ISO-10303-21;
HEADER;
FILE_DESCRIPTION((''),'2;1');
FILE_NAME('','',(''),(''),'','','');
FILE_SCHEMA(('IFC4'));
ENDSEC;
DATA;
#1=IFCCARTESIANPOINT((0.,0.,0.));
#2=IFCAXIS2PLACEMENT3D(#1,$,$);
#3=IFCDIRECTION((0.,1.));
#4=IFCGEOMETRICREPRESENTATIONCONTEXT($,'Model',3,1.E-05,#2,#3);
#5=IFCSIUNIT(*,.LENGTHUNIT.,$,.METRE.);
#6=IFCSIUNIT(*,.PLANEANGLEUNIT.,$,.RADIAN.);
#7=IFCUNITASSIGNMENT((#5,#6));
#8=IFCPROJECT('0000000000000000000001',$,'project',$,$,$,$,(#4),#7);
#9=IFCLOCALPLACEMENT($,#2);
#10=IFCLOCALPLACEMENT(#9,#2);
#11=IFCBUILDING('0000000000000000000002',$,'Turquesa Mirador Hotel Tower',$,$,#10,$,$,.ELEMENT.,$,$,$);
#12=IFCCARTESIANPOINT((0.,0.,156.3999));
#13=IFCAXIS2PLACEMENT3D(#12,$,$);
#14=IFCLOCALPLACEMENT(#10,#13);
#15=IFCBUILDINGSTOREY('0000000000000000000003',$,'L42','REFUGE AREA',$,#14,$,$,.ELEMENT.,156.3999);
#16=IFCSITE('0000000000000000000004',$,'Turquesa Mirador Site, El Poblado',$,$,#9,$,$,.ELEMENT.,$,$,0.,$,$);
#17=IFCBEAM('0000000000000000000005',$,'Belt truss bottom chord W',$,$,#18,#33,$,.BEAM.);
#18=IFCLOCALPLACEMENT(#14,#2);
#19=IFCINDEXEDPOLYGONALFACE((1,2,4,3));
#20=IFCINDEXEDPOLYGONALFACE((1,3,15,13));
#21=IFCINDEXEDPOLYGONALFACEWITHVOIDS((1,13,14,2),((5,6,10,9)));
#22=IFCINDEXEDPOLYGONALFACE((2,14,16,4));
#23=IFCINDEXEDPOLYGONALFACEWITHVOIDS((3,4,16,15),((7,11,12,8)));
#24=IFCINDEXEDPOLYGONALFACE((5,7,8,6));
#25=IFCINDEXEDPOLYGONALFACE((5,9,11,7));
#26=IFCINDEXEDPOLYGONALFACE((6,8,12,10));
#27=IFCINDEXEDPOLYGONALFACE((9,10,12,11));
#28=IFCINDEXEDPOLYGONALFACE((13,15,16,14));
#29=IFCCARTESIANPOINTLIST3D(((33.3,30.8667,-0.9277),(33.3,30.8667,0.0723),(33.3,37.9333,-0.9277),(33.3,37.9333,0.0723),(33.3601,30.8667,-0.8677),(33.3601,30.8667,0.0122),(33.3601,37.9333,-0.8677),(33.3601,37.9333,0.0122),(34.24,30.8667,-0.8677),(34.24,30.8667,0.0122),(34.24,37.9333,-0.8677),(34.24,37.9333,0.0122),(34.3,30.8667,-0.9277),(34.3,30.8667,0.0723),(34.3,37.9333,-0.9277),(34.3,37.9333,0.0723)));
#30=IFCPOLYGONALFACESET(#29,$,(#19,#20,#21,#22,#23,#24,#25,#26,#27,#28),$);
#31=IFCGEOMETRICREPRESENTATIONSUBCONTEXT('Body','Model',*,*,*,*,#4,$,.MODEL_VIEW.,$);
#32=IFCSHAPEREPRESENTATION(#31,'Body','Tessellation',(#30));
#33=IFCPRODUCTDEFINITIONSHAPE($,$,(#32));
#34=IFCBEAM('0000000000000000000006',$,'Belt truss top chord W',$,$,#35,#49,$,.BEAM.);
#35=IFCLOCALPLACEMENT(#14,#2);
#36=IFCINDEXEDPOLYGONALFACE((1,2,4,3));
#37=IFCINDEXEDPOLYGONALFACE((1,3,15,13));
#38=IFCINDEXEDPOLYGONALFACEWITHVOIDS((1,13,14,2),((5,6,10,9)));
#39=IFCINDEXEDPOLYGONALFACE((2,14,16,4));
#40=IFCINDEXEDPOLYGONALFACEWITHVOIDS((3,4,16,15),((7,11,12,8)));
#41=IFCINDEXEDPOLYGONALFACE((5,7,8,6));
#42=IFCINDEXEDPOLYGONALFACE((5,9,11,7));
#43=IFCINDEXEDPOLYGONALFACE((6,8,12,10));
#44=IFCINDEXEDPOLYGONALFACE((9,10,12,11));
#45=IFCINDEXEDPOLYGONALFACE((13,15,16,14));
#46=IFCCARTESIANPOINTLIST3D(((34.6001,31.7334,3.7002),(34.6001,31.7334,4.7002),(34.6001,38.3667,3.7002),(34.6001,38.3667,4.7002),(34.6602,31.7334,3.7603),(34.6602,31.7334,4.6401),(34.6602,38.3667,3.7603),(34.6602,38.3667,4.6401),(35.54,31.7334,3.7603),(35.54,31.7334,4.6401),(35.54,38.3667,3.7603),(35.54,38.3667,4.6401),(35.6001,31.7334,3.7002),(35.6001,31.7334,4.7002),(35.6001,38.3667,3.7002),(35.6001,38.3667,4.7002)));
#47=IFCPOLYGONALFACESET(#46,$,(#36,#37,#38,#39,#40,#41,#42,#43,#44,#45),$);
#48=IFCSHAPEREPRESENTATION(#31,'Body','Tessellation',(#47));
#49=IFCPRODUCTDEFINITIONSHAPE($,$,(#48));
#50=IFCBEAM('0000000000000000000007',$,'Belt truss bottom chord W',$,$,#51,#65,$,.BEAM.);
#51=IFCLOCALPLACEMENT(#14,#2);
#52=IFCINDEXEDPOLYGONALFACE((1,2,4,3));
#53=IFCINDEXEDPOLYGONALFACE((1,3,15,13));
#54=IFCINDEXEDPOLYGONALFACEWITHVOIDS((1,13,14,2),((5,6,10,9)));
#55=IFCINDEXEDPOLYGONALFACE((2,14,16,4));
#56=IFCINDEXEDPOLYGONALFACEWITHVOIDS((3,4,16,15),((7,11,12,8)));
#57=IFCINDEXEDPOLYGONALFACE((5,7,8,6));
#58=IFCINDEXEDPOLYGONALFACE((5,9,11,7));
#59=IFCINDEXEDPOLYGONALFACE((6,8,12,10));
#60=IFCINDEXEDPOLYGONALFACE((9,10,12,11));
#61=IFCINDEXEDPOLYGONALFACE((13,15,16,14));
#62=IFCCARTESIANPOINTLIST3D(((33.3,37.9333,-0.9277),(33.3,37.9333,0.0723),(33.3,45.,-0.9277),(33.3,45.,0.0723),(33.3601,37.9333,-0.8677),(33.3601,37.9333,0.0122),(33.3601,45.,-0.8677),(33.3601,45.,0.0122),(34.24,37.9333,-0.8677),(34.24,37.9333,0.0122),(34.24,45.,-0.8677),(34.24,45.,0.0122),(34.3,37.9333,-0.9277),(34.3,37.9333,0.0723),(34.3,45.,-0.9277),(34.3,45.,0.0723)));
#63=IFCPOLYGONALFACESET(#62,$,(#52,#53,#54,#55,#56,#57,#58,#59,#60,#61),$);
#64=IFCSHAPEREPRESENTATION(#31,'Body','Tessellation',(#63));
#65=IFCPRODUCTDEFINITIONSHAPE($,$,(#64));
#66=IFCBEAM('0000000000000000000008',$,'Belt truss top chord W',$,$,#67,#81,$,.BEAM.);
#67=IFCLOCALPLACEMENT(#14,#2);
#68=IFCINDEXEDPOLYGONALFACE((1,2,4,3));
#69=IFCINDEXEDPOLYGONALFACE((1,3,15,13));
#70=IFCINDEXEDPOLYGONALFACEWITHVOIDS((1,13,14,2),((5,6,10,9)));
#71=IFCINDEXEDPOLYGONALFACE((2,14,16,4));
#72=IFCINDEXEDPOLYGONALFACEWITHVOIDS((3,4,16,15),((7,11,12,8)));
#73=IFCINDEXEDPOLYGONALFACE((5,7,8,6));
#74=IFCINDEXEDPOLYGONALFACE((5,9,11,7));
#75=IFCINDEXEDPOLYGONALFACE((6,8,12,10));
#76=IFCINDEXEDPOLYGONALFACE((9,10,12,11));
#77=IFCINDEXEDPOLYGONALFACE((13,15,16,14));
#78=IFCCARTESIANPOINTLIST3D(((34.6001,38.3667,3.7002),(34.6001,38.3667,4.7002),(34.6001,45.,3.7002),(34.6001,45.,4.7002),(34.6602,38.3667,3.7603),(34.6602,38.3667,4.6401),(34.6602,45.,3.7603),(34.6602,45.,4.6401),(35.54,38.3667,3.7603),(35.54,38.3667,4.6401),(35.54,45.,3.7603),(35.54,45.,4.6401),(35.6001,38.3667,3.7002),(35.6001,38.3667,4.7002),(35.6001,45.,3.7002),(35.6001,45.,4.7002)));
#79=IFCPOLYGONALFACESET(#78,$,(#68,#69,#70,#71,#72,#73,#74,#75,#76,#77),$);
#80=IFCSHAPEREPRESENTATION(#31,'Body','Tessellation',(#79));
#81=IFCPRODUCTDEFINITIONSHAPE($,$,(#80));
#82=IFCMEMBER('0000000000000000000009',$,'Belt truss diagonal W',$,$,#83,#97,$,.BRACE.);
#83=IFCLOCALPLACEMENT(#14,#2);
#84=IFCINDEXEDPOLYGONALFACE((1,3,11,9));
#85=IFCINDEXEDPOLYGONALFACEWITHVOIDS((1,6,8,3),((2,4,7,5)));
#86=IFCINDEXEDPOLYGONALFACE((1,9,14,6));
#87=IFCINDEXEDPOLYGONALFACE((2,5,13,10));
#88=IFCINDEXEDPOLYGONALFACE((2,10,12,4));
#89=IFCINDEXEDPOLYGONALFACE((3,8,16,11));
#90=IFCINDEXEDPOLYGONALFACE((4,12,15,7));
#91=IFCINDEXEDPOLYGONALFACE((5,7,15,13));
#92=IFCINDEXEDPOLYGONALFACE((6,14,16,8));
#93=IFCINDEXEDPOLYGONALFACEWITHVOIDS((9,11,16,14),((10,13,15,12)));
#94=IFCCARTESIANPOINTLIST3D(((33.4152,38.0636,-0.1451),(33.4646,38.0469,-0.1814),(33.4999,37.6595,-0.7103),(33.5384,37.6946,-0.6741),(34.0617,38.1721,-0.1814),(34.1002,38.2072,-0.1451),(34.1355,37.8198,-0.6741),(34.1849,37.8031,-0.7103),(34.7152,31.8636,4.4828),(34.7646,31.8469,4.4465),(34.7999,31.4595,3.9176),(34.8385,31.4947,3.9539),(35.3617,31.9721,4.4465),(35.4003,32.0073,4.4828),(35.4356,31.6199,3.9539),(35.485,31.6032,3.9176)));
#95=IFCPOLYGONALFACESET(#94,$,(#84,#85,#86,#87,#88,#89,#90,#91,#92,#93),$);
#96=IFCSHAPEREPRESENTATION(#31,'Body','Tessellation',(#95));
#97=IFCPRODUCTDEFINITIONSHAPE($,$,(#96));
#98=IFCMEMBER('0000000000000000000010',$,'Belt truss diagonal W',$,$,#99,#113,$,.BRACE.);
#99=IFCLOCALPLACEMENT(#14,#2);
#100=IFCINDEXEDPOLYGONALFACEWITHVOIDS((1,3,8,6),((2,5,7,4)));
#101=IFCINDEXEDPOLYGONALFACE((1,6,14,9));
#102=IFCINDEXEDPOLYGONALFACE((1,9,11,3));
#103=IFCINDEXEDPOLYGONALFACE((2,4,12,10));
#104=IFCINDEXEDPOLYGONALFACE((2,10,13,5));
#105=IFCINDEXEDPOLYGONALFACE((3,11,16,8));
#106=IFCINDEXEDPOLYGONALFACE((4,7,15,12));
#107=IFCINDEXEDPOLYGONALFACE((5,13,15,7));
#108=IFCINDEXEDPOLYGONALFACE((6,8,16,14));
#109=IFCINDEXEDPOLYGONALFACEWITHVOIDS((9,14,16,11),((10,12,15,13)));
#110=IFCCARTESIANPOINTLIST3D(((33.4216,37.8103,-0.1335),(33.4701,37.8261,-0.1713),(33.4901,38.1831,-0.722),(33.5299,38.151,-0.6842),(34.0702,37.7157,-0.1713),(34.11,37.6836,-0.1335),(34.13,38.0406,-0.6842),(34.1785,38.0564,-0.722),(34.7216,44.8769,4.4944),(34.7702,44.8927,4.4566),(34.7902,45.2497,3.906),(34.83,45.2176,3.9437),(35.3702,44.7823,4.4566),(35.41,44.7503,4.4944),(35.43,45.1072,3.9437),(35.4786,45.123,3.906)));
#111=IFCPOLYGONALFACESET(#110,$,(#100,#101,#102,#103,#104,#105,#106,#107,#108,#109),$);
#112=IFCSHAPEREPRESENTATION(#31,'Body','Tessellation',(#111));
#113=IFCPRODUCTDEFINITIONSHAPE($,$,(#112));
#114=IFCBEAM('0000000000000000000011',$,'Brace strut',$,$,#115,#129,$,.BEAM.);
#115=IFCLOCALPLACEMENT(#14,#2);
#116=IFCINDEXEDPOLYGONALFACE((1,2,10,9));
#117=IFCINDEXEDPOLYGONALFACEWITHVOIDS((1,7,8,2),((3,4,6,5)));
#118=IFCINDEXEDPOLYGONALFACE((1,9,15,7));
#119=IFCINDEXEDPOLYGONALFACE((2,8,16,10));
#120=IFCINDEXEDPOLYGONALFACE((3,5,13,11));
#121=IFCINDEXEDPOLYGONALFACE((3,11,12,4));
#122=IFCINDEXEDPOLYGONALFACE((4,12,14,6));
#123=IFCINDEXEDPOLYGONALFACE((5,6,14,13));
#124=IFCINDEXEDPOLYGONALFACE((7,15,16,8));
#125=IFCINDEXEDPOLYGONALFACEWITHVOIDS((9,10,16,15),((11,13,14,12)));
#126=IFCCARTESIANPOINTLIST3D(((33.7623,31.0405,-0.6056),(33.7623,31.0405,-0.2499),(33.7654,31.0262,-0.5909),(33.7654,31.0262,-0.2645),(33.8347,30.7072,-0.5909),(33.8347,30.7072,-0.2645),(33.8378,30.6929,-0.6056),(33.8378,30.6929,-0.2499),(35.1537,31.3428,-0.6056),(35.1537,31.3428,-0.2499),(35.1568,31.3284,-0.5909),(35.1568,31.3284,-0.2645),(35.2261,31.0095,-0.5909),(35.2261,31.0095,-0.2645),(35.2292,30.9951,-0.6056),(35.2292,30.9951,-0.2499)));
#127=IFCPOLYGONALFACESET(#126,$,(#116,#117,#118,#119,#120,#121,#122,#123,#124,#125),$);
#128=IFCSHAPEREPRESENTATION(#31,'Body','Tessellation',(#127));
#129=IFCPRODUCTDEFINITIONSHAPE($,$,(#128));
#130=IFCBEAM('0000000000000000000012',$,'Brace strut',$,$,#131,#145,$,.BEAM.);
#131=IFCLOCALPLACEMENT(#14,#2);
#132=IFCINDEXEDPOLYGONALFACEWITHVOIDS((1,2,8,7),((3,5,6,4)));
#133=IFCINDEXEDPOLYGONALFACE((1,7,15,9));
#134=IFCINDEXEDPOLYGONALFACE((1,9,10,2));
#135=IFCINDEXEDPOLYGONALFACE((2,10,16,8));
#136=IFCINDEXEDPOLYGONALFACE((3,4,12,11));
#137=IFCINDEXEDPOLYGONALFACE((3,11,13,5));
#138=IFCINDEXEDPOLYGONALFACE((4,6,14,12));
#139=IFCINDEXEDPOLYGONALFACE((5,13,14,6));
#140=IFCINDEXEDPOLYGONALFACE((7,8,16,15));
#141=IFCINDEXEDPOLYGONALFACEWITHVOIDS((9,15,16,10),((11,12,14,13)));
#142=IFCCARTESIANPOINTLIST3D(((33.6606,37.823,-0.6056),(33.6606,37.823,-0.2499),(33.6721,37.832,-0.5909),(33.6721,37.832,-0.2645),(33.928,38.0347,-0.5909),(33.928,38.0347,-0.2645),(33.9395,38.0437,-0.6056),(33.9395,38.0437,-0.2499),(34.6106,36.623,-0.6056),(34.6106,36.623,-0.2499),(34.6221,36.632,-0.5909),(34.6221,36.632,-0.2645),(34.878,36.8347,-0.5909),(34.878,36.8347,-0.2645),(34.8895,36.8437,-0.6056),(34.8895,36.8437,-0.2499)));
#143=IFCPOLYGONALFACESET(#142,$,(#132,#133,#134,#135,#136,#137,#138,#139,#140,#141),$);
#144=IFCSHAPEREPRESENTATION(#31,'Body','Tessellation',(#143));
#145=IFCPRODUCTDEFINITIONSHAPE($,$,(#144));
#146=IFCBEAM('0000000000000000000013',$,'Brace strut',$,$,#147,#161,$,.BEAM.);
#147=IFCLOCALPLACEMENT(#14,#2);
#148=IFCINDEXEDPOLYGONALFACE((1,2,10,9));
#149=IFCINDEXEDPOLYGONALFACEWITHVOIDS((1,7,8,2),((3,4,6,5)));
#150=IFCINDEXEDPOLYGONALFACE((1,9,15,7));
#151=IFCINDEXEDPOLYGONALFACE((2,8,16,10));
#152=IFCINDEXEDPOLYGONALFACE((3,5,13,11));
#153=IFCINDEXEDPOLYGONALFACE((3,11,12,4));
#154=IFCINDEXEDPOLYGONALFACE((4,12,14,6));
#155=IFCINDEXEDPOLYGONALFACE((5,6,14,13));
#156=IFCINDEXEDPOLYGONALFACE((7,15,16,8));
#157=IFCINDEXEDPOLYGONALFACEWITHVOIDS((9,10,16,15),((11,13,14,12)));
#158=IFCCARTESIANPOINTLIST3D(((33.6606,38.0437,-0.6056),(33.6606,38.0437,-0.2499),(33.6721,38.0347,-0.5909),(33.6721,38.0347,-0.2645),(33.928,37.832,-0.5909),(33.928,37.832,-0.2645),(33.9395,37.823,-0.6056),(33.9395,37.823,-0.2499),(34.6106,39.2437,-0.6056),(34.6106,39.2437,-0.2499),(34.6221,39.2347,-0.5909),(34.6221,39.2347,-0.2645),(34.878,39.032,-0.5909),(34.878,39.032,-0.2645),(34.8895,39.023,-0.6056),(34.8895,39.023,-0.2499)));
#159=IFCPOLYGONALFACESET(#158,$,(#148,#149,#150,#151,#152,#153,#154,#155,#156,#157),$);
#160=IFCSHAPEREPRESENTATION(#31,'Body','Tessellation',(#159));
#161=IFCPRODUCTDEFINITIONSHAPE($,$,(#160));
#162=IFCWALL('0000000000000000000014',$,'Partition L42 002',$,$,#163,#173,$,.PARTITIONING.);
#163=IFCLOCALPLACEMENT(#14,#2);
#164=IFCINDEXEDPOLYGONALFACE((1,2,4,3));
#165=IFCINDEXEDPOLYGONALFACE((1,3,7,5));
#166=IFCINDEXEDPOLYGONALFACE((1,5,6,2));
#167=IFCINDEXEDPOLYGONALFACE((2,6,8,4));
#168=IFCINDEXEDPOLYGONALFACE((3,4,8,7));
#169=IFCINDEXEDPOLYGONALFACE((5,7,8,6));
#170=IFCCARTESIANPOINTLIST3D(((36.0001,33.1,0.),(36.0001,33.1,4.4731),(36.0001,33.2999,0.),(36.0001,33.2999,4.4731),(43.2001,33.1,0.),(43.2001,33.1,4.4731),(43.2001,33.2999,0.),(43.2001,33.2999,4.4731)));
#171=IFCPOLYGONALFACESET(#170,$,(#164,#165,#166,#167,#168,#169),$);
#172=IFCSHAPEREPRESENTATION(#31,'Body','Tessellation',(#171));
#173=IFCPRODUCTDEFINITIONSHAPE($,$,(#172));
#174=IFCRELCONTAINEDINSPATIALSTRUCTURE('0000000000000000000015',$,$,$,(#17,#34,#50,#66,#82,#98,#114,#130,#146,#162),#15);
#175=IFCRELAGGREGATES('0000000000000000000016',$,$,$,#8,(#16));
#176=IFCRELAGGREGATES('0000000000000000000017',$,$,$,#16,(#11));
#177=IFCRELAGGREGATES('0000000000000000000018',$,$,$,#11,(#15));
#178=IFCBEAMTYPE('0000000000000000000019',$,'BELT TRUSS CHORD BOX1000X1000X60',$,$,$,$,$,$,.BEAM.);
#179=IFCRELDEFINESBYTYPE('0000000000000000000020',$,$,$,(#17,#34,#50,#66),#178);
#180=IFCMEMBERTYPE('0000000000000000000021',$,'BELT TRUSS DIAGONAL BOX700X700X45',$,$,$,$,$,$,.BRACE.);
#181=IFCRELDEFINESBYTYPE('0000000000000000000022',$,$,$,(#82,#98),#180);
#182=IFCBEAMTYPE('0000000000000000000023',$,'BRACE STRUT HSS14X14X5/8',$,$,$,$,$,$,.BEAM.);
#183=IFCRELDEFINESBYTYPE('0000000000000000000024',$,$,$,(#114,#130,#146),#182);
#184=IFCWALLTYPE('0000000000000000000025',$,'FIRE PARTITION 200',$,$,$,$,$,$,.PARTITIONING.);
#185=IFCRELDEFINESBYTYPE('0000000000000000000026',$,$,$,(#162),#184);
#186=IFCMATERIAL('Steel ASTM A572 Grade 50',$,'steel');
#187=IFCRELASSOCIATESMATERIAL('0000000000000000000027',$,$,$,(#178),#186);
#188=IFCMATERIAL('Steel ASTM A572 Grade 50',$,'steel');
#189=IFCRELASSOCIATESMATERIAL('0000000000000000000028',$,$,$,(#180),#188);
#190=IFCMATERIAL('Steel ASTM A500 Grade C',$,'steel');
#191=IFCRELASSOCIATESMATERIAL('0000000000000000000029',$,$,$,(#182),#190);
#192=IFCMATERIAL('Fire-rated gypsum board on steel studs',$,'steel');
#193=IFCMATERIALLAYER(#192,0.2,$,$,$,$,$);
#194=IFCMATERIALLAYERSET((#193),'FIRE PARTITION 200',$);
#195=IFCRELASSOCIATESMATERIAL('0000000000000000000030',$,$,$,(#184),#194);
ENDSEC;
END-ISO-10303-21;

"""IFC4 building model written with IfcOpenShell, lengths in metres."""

from ifc_helpers import new_model, si_unit, direction, frame, frame_2d, origin, origin_2d, place, context, subcontext, project, spatial, rectangle, hollow_rectangle, extrude, material, layer, layer_set, material_profile, profile_set, type_object, element, save


model = new_model("IFC4")

# Units and contexts
model_context = context("Model", 3, precision=1e-05, world=origin(), true_north=direction((0.0, 1.0)))
body_context = subcontext(model_context, "Body", "Model", "MODEL_VIEW")
ifc_project = project(units=[si_unit("LENGTHUNIT", "METRE"), si_unit("PLANEANGLEUNIT", "RADIAN")], contexts=[model_context])

# Site, building, storey
site_placement = place(None, origin())
site = spatial("IfcSite", under=ifc_project, at=site_placement, Name="Turquesa Mirador Site, El Poblado", CompositionType="ELEMENT", RefElevation=0.0)
building_placement = place(site_placement, origin())
building = spatial("IfcBuilding", under=site, at=building_placement, Name="Turquesa Mirador Hotel Tower", CompositionType="ELEMENT")
storey_placement = place(building_placement, frame((0.0, 0.0, 156.3999)))
storey = spatial("IfcBuildingStorey", under=building, at=storey_placement, Name="L42", Description="REFUGE AREA", CompositionType="ELEMENT", Elevation=156.3999)

# Beams
ifc_material_1 = material(Name="Steel ASTM A572 Grade 50", Category="steel")
ifc_material_profile_1 = material_profile(ifc_material_1, hollow_rectangle(XDim=1.0, YDim=1.0, WallThickness=0.0601, at=origin_2d()), Name="BOX1000X1000X60")
ifc_profile_set_1 = profile_set([ifc_material_profile_1], Name="Steel ASTM A572 Grade 50")
beam_type_1 = type_object("IfcBeamType", Name="BELT TRUSS CHORD BOX1000X1000X60", PredefinedType="BEAM", material=ifc_profile_set_1)
beam_1_placement = place(storey_placement, frame((33.8, 30.8667, -0.4277), z_axis=(0.0, 1.0, 0.0), x_axis=(-1.0, 0.0, 0.0)))
element("IfcBeam", 1, at=beam_1_placement, inside=storey, type_object=beam_type_1, Name="Belt truss bottom chord W", PredefinedType="BEAM", context=body_context, shape_type="SweptSolid", body=[
    extrude(hollow_rectangle(XDim=1.0, YDim=1.0, WallThickness=0.0601, at=origin_2d()), origin(), (0.0, 0.0, 1.0), 7.0667),
])
beam_2_placement = place(storey_placement, frame((35.1001, 31.7334, 4.2002), z_axis=(0.0, 1.0, 0.0), x_axis=(-1.0, 0.0, 0.0)))
element("IfcBeam", 2, at=beam_2_placement, inside=storey, type_object=beam_type_1, Name="Belt truss top chord W", PredefinedType="BEAM", context=body_context, shape_type="SweptSolid", body=[
    extrude(hollow_rectangle(XDim=1.0, YDim=1.0, WallThickness=0.0601, at=origin_2d()), origin(), (0.0, 0.0, 1.0), 6.6333),
])
beam_3_placement = place(storey_placement, frame((33.8, 37.9333, -0.4277), z_axis=(0.0, 1.0, 0.0), x_axis=(-1.0, 0.0, 0.0)))
element("IfcBeam", 3, at=beam_3_placement, inside=storey, type_object=beam_type_1, Name="Belt truss bottom chord W", PredefinedType="BEAM", context=body_context, shape_type="SweptSolid", body=[
    extrude(hollow_rectangle(XDim=1.0, YDim=1.0, WallThickness=0.0601, at=origin_2d()), origin(), (0.0, 0.0, 1.0), 7.0667),
])
beam_4_placement = place(storey_placement, frame((35.1001, 38.3667, 4.2002), z_axis=(0.0, 1.0, 0.0), x_axis=(-1.0, 0.0, 0.0)))
element("IfcBeam", 4, at=beam_4_placement, inside=storey, type_object=beam_type_1, Name="Belt truss top chord W", PredefinedType="BEAM", context=body_context, shape_type="SweptSolid", body=[
    extrude(hollow_rectangle(XDim=1.0, YDim=1.0, WallThickness=0.0601, at=origin_2d()), origin(), (0.0, 0.0, 1.0), 6.6333),
])

# Members
ifc_material_2 = material(Name="Steel ASTM A572 Grade 50", Category="steel")
ifc_material_profile_2 = material_profile(ifc_material_2, hollow_rectangle(XDim=0.7, YDim=0.7, WallThickness=0.0449, at=origin_2d()), Name="BOX700X700X45")
ifc_profile_set_2 = profile_set([ifc_material_profile_2], Name="Steel ASTM A572 Grade 50")
member_type = type_object("IfcMemberType", Name="BELT TRUSS DIAGONAL BOX700X700X45", PredefinedType="BRACE", material=ifc_profile_set_2)
member_1_placement = place(storey_placement, frame((35.1001, 31.7334, 4.2002), z_axis=(-0.165713, 0.790285, -0.589905), x_axis=(-0.978715, -0.205224, 0.0)))
element("IfcMember", 5, at=member_1_placement, inside=storey, type_object=member_type, Name="Belt truss diagonal W", PredefinedType="BRACE", context=body_context, shape_type="SweptSolid", body=[
    extrude(hollow_rectangle(XDim=0.7, YDim=0.7, WallThickness=0.0449, at=origin_2d()), origin(), (0.0, 0.0, 1.0), 7.8452),
])
member_2_placement = place(storey_placement, frame((33.8, 37.9333, -0.4277), z_axis=(0.152112, 0.826832, 0.54149), x_axis=(-0.983495, 0.180933, 0.0)))
element("IfcMember", 6, at=member_2_placement, inside=storey, type_object=member_type, Name="Belt truss diagonal W", PredefinedType="BRACE", context=body_context, shape_type="SweptSolid", body=[
    extrude(hollow_rectangle(XDim=0.7, YDim=0.7, WallThickness=0.0449, at=origin_2d()), origin(), (0.0, 0.0, 1.0), 8.5466),
])

# Beams
ifc_material_3 = material(Name="Steel ASTM A500 Grade C", Category="steel")
ifc_material_profile_3 = material_profile(ifc_material_3, hollow_rectangle(XDim=0.3557, YDim=0.3557, WallThickness=0.0146, at=origin_2d()), Name="HSS14X14X5/8")
ifc_profile_set_3 = profile_set([ifc_material_profile_3], Name="Steel ASTM A500 Grade C")
beam_type_2 = type_object("IfcBeamType", Name="BRACE STRUT HSS14X14X5/8", PredefinedType="BEAM", material=ifc_profile_set_3)
beam_5_placement = place(storey_placement, frame((33.8, 30.8667, -0.4277), z_axis=(0.977209, 0.21228, 0.0), x_axis=(-0.21228, 0.977209, 0.0)))
element("IfcBeam", 7, at=beam_5_placement, inside=storey, type_object=beam_type_2, Name="Brace strut", PredefinedType="BEAM", context=body_context, shape_type="SweptSolid", body=[
    extrude(hollow_rectangle(XDim=0.3557, YDim=0.3557, WallThickness=0.0146, at=origin_2d()), origin(), (0.0, 0.0, 1.0), 1.4238),
])
for number, where, z_axis, x_axis, name in (
    (8, (33.8, 37.9333, -0.4277), (0.620699, -0.784049, 0.0), (0.784049, 0.620699, 0.0), "Brace strut"),
    (9, (33.8, 37.9333, -0.4277), (0.620699, 0.784049, 0.0), (-0.784049, 0.620699, 0.0), "Brace strut"),
):
    element("IfcBeam", number, at=place(storey_placement, frame(where, z_axis=z_axis, x_axis=x_axis)), inside=storey, type_object=beam_type_2, Name=name, PredefinedType="BEAM", context=body_context, shape_type="SweptSolid", body=[
        extrude(hollow_rectangle(XDim=0.3557, YDim=0.3557, WallThickness=0.0146, at=origin_2d()), origin(), (0.0, 0.0, 1.0), 1.5305),
    ])

# Wall
ifc_material_4 = material(Name="Fire-rated gypsum board on steel studs", Category="steel")
ifc_layer_1 = layer(ifc_material_4, 0.2)
ifc_layer_set_1 = layer_set([ifc_layer_1], Name="FIRE PARTITION 200")
wall_type_1 = type_object("IfcWallType", Name="FIRE PARTITION 200", PredefinedType="PARTITIONING", material=ifc_layer_set_1)
wall_1_placement = place(storey_placement, frame((36.0, 33.2, 0.0), z_axis=(0.0, 0.0, 1.0), x_axis=(1.0, 0.0, 0.0)))
element("IfcWall", 10, at=wall_1_placement, inside=storey, type_object=wall_type_1, Name="Partition L42 002", PredefinedType="PARTITIONING", context=body_context, shape_type="SweptSolid", body=[
    extrude(rectangle(XDim=7.2, YDim=0.2, at=frame_2d((3.6001, 0.0))), origin(), (0.0, 0.0, 1.0), 4.4731),
])

save(model, "model.ifc")
